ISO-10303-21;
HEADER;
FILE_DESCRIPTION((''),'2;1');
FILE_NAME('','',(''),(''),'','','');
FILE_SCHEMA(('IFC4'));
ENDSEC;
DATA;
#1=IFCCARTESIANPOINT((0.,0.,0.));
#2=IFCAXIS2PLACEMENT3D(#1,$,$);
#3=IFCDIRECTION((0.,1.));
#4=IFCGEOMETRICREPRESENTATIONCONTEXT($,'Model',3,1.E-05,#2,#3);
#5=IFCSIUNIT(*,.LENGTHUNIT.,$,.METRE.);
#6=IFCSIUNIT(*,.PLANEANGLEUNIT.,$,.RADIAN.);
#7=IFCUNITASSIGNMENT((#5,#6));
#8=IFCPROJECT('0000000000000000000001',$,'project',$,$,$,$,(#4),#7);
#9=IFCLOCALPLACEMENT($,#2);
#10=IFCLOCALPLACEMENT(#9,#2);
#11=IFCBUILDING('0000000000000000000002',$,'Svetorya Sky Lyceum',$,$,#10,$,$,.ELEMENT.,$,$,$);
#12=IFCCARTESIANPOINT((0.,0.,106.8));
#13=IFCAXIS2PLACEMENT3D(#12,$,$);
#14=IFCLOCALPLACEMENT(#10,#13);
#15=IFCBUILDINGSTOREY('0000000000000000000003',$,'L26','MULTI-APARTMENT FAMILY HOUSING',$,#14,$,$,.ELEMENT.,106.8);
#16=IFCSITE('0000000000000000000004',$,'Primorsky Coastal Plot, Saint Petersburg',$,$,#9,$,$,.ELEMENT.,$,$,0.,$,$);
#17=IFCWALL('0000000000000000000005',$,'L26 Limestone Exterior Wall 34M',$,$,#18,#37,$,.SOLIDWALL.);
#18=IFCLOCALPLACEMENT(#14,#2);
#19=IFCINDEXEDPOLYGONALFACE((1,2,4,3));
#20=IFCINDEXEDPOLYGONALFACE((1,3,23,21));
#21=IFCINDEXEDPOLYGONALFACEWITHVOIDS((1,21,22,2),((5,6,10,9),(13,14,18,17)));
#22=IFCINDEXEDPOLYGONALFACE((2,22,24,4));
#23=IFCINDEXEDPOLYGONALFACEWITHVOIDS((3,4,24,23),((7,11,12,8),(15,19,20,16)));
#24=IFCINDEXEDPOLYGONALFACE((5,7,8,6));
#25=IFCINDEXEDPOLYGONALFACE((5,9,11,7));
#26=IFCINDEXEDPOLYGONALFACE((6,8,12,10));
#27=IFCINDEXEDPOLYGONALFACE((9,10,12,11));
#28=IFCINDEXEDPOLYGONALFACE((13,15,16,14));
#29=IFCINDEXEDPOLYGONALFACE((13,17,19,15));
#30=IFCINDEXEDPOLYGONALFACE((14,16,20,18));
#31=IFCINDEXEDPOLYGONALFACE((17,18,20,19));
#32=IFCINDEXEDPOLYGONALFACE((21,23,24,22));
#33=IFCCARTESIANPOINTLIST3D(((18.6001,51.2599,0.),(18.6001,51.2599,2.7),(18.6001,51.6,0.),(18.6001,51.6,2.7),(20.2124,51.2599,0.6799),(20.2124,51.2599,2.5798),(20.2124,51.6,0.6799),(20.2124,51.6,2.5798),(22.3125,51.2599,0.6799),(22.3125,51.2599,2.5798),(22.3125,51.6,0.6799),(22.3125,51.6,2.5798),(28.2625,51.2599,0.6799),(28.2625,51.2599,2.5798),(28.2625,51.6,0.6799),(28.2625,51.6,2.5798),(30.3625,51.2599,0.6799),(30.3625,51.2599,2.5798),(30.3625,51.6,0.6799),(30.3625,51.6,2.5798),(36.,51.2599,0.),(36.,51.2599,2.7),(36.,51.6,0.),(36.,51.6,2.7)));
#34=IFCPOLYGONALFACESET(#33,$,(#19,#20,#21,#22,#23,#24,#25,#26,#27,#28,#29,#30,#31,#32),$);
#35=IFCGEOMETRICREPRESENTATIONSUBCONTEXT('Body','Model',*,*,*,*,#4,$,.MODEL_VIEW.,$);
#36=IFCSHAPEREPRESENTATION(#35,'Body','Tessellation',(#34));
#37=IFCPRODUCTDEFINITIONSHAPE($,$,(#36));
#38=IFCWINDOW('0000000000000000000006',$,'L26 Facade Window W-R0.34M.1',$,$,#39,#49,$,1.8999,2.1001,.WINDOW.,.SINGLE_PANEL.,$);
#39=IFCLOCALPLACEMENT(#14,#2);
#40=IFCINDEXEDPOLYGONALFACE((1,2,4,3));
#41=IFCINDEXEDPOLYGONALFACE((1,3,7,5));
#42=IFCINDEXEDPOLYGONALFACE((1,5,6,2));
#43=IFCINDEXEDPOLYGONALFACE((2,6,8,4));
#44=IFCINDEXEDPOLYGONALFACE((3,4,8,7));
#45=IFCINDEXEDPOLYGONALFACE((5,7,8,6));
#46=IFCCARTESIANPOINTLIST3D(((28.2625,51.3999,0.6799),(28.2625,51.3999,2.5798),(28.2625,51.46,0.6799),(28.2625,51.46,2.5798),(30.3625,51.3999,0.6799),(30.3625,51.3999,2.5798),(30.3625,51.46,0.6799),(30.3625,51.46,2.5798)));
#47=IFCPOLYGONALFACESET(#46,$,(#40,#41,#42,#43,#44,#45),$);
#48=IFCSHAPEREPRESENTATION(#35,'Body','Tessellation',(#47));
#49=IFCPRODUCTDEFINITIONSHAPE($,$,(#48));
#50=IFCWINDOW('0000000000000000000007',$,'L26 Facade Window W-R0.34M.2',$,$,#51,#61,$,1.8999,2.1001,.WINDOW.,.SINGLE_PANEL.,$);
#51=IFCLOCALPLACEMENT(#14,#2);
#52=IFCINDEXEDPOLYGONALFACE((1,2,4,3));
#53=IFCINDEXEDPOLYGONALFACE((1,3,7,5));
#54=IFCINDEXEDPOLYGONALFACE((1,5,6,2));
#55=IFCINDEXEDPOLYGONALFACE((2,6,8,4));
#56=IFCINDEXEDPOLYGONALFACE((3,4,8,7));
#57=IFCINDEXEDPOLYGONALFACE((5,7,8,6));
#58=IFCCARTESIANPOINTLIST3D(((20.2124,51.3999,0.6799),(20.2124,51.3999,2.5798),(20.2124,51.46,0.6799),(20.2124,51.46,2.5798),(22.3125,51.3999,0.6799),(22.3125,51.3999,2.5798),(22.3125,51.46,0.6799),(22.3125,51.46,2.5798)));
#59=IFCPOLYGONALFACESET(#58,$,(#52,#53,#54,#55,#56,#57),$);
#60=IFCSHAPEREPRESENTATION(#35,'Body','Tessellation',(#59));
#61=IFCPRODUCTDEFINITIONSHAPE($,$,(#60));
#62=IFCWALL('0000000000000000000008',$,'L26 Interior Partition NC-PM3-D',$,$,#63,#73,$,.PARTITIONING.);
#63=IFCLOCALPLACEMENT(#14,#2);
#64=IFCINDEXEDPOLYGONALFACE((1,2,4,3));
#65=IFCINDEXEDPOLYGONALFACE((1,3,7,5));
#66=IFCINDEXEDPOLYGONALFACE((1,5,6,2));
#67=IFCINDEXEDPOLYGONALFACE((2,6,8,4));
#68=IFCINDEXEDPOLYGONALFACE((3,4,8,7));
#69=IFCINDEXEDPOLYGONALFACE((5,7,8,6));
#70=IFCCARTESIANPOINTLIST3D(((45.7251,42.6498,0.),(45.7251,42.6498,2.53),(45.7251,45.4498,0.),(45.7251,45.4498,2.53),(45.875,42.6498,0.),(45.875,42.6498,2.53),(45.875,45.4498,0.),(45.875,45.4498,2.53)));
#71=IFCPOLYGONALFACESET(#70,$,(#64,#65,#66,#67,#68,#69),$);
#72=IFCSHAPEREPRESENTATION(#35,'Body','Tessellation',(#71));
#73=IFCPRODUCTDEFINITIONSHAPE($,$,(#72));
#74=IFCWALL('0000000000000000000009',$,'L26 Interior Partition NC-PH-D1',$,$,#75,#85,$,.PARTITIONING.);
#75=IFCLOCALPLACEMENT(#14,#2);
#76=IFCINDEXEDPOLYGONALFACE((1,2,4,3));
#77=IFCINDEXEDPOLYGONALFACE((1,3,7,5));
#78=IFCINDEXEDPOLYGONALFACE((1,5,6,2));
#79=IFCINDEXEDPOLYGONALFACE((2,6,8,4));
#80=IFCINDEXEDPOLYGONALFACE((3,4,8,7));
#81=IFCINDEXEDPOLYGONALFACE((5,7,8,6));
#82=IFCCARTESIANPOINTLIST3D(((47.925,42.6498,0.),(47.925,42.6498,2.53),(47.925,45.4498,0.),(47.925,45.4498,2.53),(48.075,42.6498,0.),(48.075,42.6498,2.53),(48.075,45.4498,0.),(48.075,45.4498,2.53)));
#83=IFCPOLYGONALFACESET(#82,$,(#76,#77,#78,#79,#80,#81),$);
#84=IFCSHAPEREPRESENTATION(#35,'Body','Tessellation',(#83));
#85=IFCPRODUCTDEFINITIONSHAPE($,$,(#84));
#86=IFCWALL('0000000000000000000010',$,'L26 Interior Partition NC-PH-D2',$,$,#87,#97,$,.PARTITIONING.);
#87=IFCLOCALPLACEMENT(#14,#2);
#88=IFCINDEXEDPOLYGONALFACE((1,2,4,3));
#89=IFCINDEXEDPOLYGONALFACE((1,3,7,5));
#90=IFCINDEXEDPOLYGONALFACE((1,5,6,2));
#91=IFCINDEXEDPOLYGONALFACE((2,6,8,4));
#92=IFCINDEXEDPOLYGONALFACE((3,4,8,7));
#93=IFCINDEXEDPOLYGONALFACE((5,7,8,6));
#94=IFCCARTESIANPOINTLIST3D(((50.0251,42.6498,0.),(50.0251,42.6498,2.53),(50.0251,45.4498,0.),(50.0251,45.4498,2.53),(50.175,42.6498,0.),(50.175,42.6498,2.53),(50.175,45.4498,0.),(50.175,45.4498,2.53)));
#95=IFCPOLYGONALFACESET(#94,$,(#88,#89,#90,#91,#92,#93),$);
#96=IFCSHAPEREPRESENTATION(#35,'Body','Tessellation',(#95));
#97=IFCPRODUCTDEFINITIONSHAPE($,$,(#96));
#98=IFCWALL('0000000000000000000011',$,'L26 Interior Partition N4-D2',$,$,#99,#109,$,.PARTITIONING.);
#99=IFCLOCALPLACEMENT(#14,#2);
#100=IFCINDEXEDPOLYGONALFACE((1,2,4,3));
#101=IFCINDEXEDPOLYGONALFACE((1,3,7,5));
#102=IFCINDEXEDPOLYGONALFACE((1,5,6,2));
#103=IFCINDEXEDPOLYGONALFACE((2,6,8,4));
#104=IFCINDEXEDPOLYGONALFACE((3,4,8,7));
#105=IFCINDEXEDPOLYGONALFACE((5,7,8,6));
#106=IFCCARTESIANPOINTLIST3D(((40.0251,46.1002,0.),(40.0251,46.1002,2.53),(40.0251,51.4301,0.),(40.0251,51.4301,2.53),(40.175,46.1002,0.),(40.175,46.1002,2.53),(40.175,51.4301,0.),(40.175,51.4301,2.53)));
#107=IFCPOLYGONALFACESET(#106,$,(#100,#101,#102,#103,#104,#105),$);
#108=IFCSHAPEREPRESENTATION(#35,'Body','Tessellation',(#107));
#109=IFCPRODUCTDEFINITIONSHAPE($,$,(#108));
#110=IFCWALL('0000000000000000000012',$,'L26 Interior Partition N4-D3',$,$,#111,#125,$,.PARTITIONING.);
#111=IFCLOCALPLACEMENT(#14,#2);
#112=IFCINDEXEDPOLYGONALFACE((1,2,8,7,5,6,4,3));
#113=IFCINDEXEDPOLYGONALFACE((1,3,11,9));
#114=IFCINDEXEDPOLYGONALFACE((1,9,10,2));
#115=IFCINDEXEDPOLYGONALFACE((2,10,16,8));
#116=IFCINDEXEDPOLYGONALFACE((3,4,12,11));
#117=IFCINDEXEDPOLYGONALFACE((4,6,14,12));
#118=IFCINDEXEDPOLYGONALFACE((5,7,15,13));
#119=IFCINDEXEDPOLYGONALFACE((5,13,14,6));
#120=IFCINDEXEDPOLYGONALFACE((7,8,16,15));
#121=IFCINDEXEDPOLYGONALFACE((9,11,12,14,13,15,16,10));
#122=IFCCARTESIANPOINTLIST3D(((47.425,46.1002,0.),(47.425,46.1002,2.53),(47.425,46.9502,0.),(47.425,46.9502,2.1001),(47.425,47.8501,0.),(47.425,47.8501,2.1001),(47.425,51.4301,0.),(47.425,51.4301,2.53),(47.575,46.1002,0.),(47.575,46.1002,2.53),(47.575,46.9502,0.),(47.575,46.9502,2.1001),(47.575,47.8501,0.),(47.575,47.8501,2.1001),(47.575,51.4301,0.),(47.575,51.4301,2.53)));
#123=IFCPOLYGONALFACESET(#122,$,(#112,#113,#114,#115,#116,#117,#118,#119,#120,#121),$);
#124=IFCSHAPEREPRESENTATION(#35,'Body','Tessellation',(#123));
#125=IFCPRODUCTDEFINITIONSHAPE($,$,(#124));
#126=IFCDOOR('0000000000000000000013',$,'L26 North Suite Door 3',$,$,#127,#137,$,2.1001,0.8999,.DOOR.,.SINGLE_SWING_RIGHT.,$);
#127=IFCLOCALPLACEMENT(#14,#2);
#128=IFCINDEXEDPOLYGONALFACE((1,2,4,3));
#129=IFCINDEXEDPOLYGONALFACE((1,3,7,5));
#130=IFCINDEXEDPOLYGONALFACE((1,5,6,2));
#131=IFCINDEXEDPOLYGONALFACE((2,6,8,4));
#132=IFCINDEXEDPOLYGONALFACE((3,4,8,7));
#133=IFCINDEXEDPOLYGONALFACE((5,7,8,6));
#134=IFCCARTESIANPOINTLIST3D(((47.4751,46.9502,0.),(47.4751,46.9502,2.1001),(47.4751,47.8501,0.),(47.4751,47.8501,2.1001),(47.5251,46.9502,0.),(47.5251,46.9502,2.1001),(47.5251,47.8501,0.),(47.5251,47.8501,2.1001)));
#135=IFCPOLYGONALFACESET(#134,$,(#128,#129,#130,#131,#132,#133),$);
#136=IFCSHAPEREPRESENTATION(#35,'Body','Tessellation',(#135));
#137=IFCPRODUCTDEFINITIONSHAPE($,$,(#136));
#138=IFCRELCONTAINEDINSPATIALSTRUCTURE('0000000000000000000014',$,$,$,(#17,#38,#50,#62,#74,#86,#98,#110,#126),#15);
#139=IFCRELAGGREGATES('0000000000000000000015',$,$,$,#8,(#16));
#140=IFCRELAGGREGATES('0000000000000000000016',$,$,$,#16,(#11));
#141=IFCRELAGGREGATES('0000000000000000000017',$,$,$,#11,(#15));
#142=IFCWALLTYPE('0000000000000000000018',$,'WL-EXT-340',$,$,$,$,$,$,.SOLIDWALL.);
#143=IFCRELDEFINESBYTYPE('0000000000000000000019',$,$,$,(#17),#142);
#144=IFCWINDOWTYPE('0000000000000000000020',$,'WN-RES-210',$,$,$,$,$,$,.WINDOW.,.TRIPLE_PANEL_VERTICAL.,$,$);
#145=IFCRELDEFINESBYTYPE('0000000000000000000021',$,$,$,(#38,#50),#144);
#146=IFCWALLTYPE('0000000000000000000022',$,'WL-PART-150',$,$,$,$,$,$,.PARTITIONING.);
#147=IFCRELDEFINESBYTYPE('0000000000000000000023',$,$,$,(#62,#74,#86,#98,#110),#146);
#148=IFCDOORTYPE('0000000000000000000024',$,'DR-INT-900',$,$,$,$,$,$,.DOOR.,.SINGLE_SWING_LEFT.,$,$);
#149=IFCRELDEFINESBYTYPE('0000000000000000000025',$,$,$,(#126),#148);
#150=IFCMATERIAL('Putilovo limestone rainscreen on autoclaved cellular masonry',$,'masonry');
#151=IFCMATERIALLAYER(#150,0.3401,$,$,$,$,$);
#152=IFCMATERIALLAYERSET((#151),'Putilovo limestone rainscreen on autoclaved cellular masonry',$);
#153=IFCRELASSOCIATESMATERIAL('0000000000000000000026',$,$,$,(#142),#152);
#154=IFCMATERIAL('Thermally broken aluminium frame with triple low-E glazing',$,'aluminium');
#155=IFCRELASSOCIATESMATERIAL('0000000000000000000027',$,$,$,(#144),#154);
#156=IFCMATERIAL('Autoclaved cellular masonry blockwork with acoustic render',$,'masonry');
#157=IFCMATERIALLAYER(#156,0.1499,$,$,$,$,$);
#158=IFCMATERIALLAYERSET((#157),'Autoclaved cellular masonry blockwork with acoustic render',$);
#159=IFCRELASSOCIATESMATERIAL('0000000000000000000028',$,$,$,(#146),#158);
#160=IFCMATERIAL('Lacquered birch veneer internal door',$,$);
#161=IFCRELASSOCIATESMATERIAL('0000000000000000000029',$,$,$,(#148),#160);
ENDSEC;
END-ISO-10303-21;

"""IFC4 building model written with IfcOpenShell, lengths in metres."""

from ifc_helpers import new_model, si_unit, direction, frame, frame_2d, origin, place, context, subcontext, project, spatial, rectangle, extrude, material, layer, layer_set, type_object, element, fill, save


model = new_model("IFC4")

# Units and contexts
model_context = context("Model", 3, precision=1e-05, world=origin(), true_north=direction((0.0, 1.0)))
body_context = subcontext(model_context, "Body", "Model", "MODEL_VIEW")
ifc_project = project(units=[si_unit("LENGTHUNIT", "METRE"), si_unit("PLANEANGLEUNIT", "RADIAN")], contexts=[model_context])

# Site, building, storey
site_placement = place(None, origin())
site = spatial("IfcSite", under=ifc_project, at=site_placement, Name="Primorsky Coastal Plot, Saint Petersburg", CompositionType="ELEMENT", RefElevation=0.0)
building_placement = place(site_placement, origin())
building = spatial("IfcBuilding", under=site, at=building_placement, Name="Svetorya Sky Lyceum", CompositionType="ELEMENT")
storey_placement = place(building_placement, frame((0.0, 0.0, 106.8)))
storey = spatial("IfcBuildingStorey", under=building, at=storey_placement, Name="L26", Description="MULTI-APARTMENT FAMILY HOUSING", CompositionType="ELEMENT", Elevation=106.8)

# Shared definitions
ifc_material_1 = material(Name="Putilovo limestone rainscreen on autoclaved cellular masonry", Category="masonry")
ifc_layer_1 = layer(ifc_material_1, 0.3401)
ifc_layer_set_1 = layer_set([ifc_layer_1], Name="Putilovo limestone rainscreen on autoclaved cellular masonry")
wall_type_1 = type_object("IfcWallType", Name="WL-EXT-340", PredefinedType="SOLIDWALL", material=ifc_layer_set_1)

# Wall, openings, windows
wall_1_placement = place(storey_placement, frame((36.0, 51.4299, 0.0), z_axis=(0.0, 0.0, 1.0), x_axis=(-1.0, 0.0, 0.0)))
wall_1 = element("IfcWall", 1, at=wall_1_placement, inside=storey, type_object=wall_type_1, Name="L26 Limestone Exterior Wall 34M", PredefinedType="SOLIDWALL", context=body_context, shape_type="SweptSolid", body=[
    extrude(rectangle(XDim=17.3999, YDim=0.3401, at=frame_2d((8.7, 0.0))), origin(), (0.0, 0.0, 1.0), 2.7),
])
opening_1_placement = place(wall_1_placement, frame((5.6375, 0.0, 0.6799)))
opening_1 = element("IfcOpeningElement", 2, at=opening_1_placement, cuts=wall_1, PredefinedType="OPENING", context=body_context, shape_type="SweptSolid", body=[
    extrude(rectangle(XDim=2.1001, YDim=1.8999, at=frame_2d((1.05, 0.95))), frame((0.0, 0.1799, 0.0), z_axis=(0.0, -1.0, 0.0), x_axis=(1.0, 0.0, 0.0)), (0.0, 0.0, 1.0), 0.3601),
])
opening_2_placement = place(wall_1_placement, frame((13.6875, 0.0, 0.6799)))
opening_2 = element("IfcOpeningElement", 3, at=opening_2_placement, cuts=wall_1, PredefinedType="OPENING", context=body_context, shape_type="SweptSolid", body=[
    extrude(rectangle(XDim=2.1001, YDim=1.8999, at=frame_2d((1.05, 0.95))), frame((0.0, 0.1799, 0.0), z_axis=(0.0, -1.0, 0.0), x_axis=(1.0, 0.0, 0.0)), (0.0, 0.0, 1.0), 0.3601),
])
ifc_material_2 = material(Name="Thermally broken aluminium frame with triple low-E glazing", Category="aluminium")
window_type = type_object("IfcWindowType", Name="WN-RES-210", PartitioningType="TRIPLE_PANEL_VERTICAL", PredefinedType="WINDOW", material=ifc_material_2)
window_1_placement = place(opening_1_placement, origin())
window_1 = element("IfcWindow", 4, at=window_1_placement, inside=storey, type_object=window_type, Name="L26 Facade Window W-R0.34M.1", OverallHeight=1.8999, OverallWidth=2.1001, PartitioningType="SINGLE_PANEL", PredefinedType="WINDOW", context=body_context, shape_type="SweptSolid", body=[
    extrude(rectangle(XDim=2.1001, YDim=1.8999, at=frame_2d((1.05, 0.95))), frame((0.0, 0.03, 0.0), z_axis=(0.0, -1.0, 0.0), x_axis=(1.0, 0.0, 0.0)), (0.0, 0.0, 1.0), 0.0601),
])
fill(opening_1, window_1)
window_2_placement = place(opening_2_placement, origin())
window_2 = element("IfcWindow", 5, at=window_2_placement, inside=storey, type_object=window_type, Name="L26 Facade Window W-R0.34M.2", OverallHeight=1.8999, OverallWidth=2.1001, PartitioningType="SINGLE_PANEL", PredefinedType="WINDOW", context=body_context, shape_type="SweptSolid", body=[
    extrude(rectangle(XDim=2.1001, YDim=1.8999, at=frame_2d((1.05, 0.95))), frame((0.0, 0.03, 0.0), z_axis=(0.0, -1.0, 0.0), x_axis=(1.0, 0.0, 0.0)), (0.0, 0.0, 1.0), 0.0601),
])
fill(opening_2, window_2)

# Walls
ifc_material_3 = material(Name="Autoclaved cellular masonry blockwork with acoustic render", Category="masonry")
ifc_layer_2 = layer(ifc_material_3, 0.1499)
ifc_layer_set_2 = layer_set([ifc_layer_2], Name="Autoclaved cellular masonry blockwork with acoustic render")
wall_type_2 = type_object("IfcWallType", Name="WL-PART-150", PredefinedType="PARTITIONING", material=ifc_layer_set_2)
for number, where, z_axis, x_axis, name in (
    (6, (45.8, 42.6499, 0.0), (0.0, 0.0, 1.0), (0.0, 1.0, 0.0), "L26 Interior Partition NC-PM3-D"),
    (7, (48.0, 42.6499, 0.0), (0.0, 0.0, 1.0), (0.0, 1.0, 0.0), "L26 Interior Partition NC-PH-D1"),
    (8, (50.1001, 42.6499, 0.0), (0.0, 0.0, 1.0), (0.0, 1.0, 0.0), "L26 Interior Partition NC-PH-D2"),
):
    element("IfcWall", number, at=place(storey_placement, frame(where, z_axis=z_axis, x_axis=x_axis)), inside=storey, type_object=wall_type_2, Name=name, PredefinedType="PARTITIONING", context=body_context, shape_type="SweptSolid", body=[
        extrude(rectangle(XDim=2.8, YDim=0.1499, at=frame_2d((1.3999, 0.0))), origin(), (0.0, 0.0, 1.0), 2.53),
    ])
wall_2_placement = place(storey_placement, frame((40.1001, 46.1001, 0.0), z_axis=(0.0, 0.0, 1.0), x_axis=(0.0, 1.0, 0.0)))
element("IfcWall", 9, at=wall_2_placement, inside=storey, type_object=wall_type_2, Name="L26 Interior Partition N4-D2", PredefinedType="PARTITIONING", context=body_context, shape_type="SweptSolid", body=[
    extrude(rectangle(XDim=5.3298, YDim=0.1499, at=frame_2d((2.665, 0.0))), origin(), (0.0, 0.0, 1.0), 2.53),
])

# Wall, opening, door
wall_3_placement = place(storey_placement, frame((47.5, 46.1001, 0.0), z_axis=(0.0, 0.0, 1.0), x_axis=(0.0, 1.0, 0.0)))
wall_3 = element("IfcWall", 10, at=wall_3_placement, inside=storey, type_object=wall_type_2, Name="L26 Interior Partition N4-D3", PredefinedType="PARTITIONING", context=body_context, shape_type="SweptSolid", body=[
    extrude(rectangle(XDim=5.3298, YDim=0.1499, at=frame_2d((2.665, 0.0))), origin(), (0.0, 0.0, 1.0), 2.53),
])
opening_3_placement = place(wall_3_placement, frame((0.8501, 0.0, 0.0)))
opening_3 = element("IfcOpeningElement", 11, at=opening_3_placement, cuts=wall_3, PredefinedType="OPENING", context=body_context, shape_type="SweptSolid", body=[
    extrude(rectangle(XDim=0.8999, YDim=2.1001, at=frame_2d((0.45, 1.05))), frame((0.0, 0.085, 0.0), z_axis=(0.0, -1.0, 0.0), x_axis=(1.0, 0.0, 0.0)), (0.0, 0.0, 1.0), 0.1699),
])
ifc_material_4 = material(Name="Lacquered birch veneer internal door")
door_type = type_object("IfcDoorType", Name="DR-INT-900", OperationType="SINGLE_SWING_LEFT", PredefinedType="DOOR", material=ifc_material_4)
door_placement = place(opening_3_placement, origin())
door = element("IfcDoor", 12, at=door_placement, inside=storey, type_object=door_type, Name="L26 North Suite Door 3", OperationType="SINGLE_SWING_RIGHT", OverallHeight=2.1001, OverallWidth=0.8999, PredefinedType="DOOR", context=body_context, shape_type="SweptSolid", body=[
    extrude(rectangle(XDim=0.8999, YDim=2.1001, at=frame_2d((0.45, 1.05))), frame((0.0, 0.0249, 0.0), z_axis=(0.0, -1.0, 0.0), x_axis=(1.0, 0.0, 0.0)), (0.0, 0.0, 1.0), 0.05),
])
fill(opening_3, door)

save(model, "model.ifc")
